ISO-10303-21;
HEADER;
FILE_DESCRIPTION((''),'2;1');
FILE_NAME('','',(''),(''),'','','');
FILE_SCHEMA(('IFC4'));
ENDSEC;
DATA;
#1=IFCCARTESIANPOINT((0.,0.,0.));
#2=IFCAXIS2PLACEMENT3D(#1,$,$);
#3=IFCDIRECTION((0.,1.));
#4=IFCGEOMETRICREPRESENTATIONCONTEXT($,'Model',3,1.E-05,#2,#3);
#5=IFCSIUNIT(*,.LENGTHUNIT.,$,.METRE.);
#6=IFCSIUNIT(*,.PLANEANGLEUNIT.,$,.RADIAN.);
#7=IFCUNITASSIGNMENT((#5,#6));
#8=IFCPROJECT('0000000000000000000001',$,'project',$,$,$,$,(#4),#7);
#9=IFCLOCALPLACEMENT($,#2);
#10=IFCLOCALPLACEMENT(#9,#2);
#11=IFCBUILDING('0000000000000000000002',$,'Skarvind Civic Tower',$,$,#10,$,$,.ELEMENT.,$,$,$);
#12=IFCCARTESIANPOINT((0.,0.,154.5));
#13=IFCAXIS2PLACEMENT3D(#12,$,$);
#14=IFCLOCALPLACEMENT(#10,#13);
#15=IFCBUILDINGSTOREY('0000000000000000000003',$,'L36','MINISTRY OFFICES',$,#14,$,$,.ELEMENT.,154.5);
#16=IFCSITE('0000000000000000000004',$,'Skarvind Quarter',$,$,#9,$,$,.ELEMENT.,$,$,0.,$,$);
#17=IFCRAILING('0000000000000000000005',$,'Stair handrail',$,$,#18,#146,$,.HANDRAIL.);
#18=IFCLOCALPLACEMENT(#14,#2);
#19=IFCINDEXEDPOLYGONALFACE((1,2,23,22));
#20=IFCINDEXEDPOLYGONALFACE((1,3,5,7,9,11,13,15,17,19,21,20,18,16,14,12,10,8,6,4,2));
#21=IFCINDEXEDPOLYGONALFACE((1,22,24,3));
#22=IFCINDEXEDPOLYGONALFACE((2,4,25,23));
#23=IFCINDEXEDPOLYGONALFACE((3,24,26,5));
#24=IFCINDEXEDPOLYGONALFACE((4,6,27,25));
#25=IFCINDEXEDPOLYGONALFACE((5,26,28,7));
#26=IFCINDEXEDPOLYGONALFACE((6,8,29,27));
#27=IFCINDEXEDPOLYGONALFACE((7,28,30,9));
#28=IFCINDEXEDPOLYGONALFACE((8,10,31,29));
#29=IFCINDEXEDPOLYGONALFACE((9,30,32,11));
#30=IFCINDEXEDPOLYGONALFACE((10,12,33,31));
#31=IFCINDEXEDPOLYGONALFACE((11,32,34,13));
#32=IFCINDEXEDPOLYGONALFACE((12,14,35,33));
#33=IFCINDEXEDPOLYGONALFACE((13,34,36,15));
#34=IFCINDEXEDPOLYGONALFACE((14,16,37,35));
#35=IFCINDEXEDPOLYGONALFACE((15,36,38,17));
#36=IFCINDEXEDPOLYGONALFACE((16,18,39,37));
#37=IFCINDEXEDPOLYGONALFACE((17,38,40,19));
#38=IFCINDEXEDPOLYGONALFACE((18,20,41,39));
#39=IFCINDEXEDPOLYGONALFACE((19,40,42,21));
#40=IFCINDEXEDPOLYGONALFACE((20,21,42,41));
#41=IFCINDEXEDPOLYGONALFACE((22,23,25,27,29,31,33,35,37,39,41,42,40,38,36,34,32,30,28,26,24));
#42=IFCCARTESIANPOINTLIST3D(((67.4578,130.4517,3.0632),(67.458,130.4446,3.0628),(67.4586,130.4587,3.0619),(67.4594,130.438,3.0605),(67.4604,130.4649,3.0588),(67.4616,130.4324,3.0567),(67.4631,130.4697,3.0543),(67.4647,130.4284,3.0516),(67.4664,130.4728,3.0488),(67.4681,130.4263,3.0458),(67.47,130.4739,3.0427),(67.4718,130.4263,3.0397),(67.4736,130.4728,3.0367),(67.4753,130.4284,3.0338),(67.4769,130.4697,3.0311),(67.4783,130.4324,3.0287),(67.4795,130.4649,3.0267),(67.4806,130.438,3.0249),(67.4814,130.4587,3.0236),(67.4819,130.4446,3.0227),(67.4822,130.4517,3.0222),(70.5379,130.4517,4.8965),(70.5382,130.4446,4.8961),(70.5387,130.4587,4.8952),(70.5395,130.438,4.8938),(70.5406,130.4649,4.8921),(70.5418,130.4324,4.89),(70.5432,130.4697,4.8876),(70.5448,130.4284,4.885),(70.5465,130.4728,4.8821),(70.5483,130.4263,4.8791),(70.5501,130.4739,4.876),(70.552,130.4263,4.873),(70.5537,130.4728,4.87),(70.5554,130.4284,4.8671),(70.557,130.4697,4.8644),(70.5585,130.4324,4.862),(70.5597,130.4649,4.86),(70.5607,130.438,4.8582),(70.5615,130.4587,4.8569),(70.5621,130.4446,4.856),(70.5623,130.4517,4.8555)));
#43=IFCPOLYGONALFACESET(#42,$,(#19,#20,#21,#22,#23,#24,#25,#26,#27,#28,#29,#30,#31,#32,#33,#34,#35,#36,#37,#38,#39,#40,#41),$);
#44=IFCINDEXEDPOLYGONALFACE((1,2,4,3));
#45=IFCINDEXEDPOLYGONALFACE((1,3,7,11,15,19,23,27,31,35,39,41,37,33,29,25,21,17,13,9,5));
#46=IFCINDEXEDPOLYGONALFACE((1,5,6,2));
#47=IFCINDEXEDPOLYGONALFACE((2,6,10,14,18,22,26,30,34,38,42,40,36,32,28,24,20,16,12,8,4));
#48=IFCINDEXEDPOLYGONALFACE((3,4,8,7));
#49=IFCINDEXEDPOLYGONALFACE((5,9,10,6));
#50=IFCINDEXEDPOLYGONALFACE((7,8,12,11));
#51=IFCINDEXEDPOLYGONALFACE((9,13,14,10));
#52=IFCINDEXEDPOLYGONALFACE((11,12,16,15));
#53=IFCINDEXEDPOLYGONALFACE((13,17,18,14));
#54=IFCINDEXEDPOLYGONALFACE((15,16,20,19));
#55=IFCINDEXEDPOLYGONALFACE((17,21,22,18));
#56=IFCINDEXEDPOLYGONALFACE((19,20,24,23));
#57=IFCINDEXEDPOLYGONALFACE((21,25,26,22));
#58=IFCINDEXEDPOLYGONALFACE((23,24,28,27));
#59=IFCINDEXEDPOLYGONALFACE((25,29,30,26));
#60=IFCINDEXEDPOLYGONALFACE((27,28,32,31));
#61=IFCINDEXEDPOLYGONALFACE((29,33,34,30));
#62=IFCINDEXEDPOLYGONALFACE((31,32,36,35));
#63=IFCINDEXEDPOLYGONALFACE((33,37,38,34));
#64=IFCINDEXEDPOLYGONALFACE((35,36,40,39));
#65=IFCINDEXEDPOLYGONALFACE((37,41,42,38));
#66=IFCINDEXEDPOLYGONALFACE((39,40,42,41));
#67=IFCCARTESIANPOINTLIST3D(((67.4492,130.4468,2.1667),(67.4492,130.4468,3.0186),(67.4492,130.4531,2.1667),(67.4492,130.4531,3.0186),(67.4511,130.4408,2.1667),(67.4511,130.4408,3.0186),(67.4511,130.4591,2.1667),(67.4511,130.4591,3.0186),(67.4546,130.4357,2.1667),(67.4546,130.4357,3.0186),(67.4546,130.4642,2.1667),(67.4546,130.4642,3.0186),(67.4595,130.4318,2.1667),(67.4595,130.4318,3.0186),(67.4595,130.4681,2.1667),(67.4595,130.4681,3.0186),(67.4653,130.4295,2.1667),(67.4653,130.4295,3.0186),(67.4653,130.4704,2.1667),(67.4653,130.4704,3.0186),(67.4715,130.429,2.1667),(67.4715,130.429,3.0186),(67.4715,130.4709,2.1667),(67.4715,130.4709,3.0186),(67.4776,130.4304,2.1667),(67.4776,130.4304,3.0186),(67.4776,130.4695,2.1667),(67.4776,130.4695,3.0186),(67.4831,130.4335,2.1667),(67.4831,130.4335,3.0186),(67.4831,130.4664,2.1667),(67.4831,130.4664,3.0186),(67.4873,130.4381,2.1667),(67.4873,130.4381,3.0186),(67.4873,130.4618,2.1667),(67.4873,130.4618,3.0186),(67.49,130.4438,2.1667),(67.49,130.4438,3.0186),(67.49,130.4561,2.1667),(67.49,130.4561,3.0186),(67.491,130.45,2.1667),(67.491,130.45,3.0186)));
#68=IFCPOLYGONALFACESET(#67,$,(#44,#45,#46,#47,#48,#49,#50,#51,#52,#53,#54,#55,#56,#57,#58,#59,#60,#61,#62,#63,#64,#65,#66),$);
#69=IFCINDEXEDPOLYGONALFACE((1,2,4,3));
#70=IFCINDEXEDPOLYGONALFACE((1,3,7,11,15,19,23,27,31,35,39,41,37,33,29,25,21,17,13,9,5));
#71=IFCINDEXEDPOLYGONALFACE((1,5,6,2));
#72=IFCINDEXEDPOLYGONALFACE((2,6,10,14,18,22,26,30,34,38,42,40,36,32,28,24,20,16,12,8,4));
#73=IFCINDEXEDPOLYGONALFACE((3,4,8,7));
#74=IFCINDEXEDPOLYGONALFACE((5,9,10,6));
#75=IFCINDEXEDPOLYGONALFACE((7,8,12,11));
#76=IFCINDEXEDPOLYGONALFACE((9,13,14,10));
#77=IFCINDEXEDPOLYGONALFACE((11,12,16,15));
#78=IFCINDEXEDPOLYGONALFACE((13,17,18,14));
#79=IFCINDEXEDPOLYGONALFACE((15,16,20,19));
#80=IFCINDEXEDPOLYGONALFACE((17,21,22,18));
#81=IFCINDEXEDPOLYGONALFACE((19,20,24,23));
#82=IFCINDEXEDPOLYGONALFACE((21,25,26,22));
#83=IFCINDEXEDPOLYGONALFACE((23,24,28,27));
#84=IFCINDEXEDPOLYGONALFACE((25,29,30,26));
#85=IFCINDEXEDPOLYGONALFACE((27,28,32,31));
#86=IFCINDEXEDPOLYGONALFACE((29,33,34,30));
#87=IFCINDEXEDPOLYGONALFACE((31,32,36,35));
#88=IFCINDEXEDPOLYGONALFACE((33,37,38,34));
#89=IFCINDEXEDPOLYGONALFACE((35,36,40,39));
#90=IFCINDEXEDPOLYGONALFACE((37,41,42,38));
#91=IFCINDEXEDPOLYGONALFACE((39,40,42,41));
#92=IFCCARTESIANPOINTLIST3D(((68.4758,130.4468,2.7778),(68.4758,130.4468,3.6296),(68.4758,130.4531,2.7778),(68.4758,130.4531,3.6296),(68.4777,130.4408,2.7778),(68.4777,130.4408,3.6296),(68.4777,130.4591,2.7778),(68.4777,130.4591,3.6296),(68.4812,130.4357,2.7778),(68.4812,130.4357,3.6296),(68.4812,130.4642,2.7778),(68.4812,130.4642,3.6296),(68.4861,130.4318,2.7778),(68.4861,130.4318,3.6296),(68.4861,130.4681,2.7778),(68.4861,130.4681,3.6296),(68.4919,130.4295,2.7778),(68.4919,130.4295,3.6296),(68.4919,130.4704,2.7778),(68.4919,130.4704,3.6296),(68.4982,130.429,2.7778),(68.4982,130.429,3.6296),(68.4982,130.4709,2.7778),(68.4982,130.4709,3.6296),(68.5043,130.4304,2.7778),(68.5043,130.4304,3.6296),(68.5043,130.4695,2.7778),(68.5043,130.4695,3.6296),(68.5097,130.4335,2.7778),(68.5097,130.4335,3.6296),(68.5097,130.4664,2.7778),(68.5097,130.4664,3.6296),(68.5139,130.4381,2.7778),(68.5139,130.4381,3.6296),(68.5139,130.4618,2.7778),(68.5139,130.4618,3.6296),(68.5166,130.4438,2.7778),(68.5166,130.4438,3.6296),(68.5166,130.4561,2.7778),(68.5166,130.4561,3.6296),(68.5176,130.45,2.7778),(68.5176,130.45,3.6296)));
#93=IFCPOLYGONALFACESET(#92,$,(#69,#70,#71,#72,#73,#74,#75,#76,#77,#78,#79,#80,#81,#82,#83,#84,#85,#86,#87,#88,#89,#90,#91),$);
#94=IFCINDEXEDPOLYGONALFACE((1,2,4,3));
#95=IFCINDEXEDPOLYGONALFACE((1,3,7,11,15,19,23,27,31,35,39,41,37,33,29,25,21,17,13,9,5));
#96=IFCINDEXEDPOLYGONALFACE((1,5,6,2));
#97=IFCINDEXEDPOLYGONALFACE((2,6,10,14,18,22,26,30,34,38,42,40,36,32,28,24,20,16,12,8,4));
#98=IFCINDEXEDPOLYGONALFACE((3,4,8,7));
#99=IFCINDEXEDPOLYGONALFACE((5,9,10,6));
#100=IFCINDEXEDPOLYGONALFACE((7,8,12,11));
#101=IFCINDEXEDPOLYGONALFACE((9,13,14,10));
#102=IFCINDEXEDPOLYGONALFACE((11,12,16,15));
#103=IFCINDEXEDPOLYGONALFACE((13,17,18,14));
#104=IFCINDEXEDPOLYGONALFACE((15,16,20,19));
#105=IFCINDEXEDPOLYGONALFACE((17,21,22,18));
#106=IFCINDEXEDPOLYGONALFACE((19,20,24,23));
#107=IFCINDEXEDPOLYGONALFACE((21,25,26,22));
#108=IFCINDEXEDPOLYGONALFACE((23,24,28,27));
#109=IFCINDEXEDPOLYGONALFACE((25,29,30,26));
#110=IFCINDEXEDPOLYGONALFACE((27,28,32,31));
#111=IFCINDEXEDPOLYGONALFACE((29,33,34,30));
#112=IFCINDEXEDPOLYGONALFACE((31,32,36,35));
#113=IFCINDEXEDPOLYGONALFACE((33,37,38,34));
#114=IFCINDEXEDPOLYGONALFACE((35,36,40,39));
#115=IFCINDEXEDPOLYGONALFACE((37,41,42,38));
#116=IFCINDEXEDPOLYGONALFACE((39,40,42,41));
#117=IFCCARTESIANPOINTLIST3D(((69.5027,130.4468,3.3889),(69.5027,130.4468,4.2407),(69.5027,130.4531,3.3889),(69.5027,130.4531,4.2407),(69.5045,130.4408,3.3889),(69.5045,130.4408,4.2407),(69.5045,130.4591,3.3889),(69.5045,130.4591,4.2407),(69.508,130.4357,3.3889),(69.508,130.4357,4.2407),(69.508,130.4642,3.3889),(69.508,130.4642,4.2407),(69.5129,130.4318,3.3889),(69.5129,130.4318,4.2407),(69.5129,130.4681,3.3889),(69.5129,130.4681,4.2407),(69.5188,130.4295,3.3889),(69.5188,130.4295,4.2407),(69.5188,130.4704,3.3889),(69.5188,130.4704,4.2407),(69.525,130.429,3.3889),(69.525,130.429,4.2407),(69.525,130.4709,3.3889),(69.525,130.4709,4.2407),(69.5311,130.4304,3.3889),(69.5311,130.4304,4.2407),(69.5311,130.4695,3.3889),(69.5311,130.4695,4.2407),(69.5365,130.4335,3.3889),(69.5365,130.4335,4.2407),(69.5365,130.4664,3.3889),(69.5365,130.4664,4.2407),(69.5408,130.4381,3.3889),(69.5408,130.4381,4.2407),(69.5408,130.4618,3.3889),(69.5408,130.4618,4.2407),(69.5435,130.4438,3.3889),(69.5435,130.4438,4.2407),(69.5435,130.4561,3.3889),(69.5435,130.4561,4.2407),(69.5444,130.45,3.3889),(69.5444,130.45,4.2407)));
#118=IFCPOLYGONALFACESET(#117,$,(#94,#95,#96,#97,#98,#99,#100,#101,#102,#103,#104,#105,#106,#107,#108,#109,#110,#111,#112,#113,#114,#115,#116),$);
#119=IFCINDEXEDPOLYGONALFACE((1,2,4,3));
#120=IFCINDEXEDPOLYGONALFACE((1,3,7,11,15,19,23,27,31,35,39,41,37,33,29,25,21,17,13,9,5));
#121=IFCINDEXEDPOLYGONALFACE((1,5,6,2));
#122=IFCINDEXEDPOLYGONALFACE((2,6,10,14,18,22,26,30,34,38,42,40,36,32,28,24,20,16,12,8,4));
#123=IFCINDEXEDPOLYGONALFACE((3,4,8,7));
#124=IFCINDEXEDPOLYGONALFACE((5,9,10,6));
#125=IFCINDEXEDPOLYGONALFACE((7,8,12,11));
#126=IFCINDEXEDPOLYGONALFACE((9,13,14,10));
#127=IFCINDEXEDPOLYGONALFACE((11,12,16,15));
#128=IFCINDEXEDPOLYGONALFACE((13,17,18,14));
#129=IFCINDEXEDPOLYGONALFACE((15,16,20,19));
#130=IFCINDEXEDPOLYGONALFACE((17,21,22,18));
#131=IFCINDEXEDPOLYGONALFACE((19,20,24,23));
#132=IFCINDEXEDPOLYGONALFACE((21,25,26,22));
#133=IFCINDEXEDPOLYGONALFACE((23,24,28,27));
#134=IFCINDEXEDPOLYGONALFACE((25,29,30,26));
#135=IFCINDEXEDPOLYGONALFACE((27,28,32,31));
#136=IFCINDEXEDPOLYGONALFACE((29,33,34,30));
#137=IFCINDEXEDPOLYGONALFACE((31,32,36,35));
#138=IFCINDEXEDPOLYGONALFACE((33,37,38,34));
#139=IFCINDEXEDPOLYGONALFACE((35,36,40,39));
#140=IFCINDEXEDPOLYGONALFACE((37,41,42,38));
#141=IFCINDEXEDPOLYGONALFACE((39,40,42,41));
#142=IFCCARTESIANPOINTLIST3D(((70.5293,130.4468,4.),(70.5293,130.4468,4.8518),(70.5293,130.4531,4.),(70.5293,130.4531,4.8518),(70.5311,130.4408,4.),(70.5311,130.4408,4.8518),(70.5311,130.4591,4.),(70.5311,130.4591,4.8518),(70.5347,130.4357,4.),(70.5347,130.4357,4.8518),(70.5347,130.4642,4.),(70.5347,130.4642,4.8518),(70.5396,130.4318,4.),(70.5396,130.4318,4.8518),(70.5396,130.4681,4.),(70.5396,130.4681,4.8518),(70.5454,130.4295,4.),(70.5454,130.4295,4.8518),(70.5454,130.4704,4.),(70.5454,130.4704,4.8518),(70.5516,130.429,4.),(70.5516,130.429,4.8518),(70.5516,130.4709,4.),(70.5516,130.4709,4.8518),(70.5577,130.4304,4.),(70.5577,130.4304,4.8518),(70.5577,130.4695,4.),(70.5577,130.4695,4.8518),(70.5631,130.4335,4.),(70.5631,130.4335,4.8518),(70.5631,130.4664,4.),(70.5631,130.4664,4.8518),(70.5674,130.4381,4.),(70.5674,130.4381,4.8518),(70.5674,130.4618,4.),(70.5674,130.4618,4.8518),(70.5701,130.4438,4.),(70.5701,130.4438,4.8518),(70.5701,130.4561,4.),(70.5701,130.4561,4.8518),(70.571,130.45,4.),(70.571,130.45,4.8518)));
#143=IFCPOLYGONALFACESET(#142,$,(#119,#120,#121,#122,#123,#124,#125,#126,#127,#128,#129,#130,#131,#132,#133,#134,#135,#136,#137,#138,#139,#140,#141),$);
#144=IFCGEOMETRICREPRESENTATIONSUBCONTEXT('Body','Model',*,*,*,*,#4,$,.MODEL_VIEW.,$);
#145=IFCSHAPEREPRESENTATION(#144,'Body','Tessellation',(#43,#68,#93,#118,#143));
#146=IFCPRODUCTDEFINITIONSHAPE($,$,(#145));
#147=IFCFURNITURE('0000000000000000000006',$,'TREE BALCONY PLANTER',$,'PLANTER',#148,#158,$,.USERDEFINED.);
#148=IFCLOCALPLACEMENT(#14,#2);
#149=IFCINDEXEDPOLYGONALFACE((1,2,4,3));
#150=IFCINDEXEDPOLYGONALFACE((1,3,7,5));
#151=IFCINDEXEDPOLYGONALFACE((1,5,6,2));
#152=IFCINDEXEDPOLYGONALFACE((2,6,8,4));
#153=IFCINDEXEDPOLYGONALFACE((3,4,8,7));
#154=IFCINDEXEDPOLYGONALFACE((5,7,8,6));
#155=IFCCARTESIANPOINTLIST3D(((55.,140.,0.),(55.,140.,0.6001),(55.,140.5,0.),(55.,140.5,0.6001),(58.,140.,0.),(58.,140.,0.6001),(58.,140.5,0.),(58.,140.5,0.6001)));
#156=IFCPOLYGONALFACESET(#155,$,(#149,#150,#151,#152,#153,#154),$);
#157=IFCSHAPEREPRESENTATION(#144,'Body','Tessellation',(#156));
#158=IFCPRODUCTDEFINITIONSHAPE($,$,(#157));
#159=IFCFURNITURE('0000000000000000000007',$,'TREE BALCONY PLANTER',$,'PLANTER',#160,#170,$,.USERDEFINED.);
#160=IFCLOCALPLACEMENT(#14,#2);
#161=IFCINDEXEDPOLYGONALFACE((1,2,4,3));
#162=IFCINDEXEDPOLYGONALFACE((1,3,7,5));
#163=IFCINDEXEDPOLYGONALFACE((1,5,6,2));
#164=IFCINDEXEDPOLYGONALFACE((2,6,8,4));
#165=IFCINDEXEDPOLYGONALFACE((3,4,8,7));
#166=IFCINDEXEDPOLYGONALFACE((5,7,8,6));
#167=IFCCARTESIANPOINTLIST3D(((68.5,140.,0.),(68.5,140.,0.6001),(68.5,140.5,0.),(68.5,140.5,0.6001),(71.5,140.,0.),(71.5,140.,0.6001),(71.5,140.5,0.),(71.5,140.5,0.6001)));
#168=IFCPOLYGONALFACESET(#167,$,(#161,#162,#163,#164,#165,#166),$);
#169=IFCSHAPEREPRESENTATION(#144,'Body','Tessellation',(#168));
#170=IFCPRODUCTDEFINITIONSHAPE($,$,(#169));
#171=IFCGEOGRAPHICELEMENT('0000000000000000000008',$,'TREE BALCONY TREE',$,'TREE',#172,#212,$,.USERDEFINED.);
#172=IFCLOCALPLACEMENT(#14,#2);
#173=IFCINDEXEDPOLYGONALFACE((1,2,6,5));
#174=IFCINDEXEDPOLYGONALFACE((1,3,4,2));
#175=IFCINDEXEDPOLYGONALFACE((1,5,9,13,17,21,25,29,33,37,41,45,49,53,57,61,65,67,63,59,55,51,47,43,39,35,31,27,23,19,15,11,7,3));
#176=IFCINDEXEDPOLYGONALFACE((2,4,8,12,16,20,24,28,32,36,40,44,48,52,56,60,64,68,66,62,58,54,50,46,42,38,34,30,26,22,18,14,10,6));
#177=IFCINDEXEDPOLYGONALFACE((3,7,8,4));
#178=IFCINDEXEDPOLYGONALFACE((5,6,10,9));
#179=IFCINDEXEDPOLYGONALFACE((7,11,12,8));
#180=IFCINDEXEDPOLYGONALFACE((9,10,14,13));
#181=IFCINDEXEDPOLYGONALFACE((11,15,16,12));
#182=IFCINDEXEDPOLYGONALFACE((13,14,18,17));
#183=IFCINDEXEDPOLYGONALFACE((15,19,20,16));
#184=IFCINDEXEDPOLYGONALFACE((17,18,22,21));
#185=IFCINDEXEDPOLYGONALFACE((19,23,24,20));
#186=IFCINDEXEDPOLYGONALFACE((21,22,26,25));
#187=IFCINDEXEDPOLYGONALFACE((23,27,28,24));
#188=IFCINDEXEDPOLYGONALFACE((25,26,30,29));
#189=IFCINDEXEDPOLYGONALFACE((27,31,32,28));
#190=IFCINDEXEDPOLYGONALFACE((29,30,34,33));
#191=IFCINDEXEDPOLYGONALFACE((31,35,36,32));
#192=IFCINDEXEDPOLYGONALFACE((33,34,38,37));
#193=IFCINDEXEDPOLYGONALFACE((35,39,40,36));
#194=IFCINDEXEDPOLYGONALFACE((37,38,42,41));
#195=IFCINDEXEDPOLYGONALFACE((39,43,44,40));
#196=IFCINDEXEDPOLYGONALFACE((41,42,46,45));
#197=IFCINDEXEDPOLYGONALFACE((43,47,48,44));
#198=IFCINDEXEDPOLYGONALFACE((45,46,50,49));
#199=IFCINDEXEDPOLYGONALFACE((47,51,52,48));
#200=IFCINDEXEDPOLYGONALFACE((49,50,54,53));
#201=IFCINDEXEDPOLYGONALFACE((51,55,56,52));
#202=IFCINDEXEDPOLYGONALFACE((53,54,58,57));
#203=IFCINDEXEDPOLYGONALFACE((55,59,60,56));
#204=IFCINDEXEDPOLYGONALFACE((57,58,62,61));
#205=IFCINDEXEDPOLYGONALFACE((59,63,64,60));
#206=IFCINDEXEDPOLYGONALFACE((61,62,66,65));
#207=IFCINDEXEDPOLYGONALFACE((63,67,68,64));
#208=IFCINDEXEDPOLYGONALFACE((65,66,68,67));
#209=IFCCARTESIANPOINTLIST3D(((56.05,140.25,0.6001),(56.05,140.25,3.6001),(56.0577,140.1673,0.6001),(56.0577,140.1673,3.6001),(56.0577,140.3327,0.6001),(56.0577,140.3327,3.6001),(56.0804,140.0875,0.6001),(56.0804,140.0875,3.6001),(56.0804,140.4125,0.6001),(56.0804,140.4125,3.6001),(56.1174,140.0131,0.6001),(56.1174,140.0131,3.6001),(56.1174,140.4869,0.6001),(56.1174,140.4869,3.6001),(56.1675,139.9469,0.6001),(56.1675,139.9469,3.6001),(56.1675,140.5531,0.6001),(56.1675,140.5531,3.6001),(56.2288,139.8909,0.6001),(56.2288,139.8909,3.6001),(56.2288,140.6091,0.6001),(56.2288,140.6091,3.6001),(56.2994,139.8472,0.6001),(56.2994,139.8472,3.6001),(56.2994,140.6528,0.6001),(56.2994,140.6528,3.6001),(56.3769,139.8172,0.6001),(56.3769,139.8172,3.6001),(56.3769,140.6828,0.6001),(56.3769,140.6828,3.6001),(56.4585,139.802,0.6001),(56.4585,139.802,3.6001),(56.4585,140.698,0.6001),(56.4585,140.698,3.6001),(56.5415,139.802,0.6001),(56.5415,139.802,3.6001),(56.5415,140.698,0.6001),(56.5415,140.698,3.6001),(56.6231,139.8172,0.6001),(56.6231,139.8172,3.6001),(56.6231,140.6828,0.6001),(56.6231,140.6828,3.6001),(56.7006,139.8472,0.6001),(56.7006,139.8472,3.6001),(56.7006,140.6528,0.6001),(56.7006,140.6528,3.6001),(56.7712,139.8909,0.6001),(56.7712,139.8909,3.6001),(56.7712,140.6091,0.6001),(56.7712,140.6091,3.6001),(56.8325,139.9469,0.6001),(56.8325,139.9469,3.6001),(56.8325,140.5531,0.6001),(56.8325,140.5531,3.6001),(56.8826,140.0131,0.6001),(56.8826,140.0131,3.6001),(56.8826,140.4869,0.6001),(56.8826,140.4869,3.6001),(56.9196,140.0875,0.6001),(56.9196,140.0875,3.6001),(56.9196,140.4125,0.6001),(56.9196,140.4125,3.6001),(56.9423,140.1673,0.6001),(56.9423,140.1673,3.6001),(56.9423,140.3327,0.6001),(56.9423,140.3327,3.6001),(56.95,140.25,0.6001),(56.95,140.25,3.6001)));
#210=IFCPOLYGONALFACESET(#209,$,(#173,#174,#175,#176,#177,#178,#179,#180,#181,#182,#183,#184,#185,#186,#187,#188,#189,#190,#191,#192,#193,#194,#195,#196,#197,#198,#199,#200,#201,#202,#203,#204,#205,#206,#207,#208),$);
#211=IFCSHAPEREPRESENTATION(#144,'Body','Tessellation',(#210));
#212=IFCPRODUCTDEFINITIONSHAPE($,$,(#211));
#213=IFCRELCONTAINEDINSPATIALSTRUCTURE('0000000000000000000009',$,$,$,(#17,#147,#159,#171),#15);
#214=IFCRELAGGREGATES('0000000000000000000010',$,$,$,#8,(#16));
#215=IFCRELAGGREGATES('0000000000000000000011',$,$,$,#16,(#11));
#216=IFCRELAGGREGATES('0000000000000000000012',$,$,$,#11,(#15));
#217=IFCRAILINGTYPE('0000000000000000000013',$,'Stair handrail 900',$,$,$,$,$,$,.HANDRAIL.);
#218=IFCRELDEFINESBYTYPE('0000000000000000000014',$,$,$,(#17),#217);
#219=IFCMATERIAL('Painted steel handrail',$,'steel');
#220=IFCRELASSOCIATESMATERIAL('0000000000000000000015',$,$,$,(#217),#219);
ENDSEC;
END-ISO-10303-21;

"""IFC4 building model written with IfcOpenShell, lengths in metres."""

from ifc_helpers import new_model, si_unit, direction, frame, origin, origin_2d, place, context, subcontext, project, spatial, rectangle, circle, extrude, material, type_object, element, save


model = new_model("IFC4")

# Units and contexts
model_context = context("Model", 3, precision=1e-05, world=origin(), true_north=direction((0.0, 1.0)))
body_context = subcontext(model_context, "Body", "Model", "MODEL_VIEW")
ifc_project = project(units=[si_unit("LENGTHUNIT", "METRE"), si_unit("PLANEANGLEUNIT", "RADIAN")], contexts=[model_context])

# Site, building, storey
site_placement = place(None, origin())
site = spatial("IfcSite", under=ifc_project, at=site_placement, Name="Skarvind Quarter", CompositionType="ELEMENT", RefElevation=0.0)
building_placement = place(site_placement, origin())
building = spatial("IfcBuilding", under=site, at=building_placement, Name="Skarvind Civic Tower", CompositionType="ELEMENT")
storey_placement = place(building_placement, frame((0.0, 0.0, 154.5)))
storey = spatial("IfcBuildingStorey", under=building, at=storey_placement, Name="L36", Description="MINISTRY OFFICES", CompositionType="ELEMENT", Elevation=154.5)

# Railing
ifc_material_1 = material(Name="Painted steel handrail", Category="steel")
railing_type_1 = type_object("IfcRailingType", Name="Stair handrail 900", PredefinedType="HANDRAIL", material=ifc_material_1)
railing_1_placement = place(storey_placement, frame((67.47, 130.45, 2.1667)))
element("IfcRailing", 1, at=railing_1_placement, inside=storey, type_object=railing_type_1, Name="Stair handrail", PredefinedType="HANDRAIL", context=body_context, shape_type="SweptSolid", body=[
    extrude(circle(Radius=0.0239, at=origin_2d()), frame((0.0, 0.0, 0.876), z_axis=(0.859309, 0.0, 0.511458), x_axis=(0.0, 1.0, 0.0)), (0.0, 0.0, 1.0), 3.5845),
    extrude(circle(Radius=0.021, at=origin_2d()), origin(), (0.0, 0.0, 1.0), 0.8518),
    extrude(circle(Radius=0.021, at=origin_2d()), frame((1.0266, 0.0, 0.6111)), (0.0, 0.0, 1.0), 0.8518),
    extrude(circle(Radius=0.021, at=origin_2d()), frame((2.0535, 0.0, 1.2222)), (0.0, 0.0, 1.0), 0.8518),
    extrude(circle(Radius=0.021, at=origin_2d()), frame((3.0801, 0.0, 1.8333)), (0.0, 0.0, 1.0), 0.8518),
])

# Furniture
for number, where, z_axis, x_axis, name in (
    (2, (56.5, 140.25, 0.0), (0.0, 0.0, 1.0), (1.0, 0.0, 0.0), "TREE BALCONY PLANTER"),
    (3, (70.0, 140.25, 0.0), (0.0, 0.0, 1.0), (1.0, 0.0, 0.0), "TREE BALCONY PLANTER"),
):
    element("IfcFurniture", number, at=place(storey_placement, frame(where, z_axis=z_axis, x_axis=x_axis)), inside=storey, Name=name, ObjectType="PLANTER", PredefinedType="USERDEFINED", context=body_context, shape_type="SweptSolid", body=[
        extrude(rectangle(XDim=3.0, YDim=0.5, at=origin_2d()), origin(), (0.0, 0.0, 1.0), 0.6001),
    ])

# Geographic element
geographic_element_1_placement = place(storey_placement, frame((56.5, 140.25, 0.6001), z_axis=(0.0, 0.0, 1.0), x_axis=(1.0, 0.0, 0.0)))
element("IfcGeographicElement", 4, at=geographic_element_1_placement, inside=storey, Name="TREE BALCONY TREE", ObjectType="TREE", PredefinedType="USERDEFINED", context=body_context, shape_type="SweptSolid", body=[
    extrude(circle(Radius=0.45, at=origin_2d()), origin(), (0.0, 0.0, 1.0), 3.0),
])

save(model, "model.ifc")
